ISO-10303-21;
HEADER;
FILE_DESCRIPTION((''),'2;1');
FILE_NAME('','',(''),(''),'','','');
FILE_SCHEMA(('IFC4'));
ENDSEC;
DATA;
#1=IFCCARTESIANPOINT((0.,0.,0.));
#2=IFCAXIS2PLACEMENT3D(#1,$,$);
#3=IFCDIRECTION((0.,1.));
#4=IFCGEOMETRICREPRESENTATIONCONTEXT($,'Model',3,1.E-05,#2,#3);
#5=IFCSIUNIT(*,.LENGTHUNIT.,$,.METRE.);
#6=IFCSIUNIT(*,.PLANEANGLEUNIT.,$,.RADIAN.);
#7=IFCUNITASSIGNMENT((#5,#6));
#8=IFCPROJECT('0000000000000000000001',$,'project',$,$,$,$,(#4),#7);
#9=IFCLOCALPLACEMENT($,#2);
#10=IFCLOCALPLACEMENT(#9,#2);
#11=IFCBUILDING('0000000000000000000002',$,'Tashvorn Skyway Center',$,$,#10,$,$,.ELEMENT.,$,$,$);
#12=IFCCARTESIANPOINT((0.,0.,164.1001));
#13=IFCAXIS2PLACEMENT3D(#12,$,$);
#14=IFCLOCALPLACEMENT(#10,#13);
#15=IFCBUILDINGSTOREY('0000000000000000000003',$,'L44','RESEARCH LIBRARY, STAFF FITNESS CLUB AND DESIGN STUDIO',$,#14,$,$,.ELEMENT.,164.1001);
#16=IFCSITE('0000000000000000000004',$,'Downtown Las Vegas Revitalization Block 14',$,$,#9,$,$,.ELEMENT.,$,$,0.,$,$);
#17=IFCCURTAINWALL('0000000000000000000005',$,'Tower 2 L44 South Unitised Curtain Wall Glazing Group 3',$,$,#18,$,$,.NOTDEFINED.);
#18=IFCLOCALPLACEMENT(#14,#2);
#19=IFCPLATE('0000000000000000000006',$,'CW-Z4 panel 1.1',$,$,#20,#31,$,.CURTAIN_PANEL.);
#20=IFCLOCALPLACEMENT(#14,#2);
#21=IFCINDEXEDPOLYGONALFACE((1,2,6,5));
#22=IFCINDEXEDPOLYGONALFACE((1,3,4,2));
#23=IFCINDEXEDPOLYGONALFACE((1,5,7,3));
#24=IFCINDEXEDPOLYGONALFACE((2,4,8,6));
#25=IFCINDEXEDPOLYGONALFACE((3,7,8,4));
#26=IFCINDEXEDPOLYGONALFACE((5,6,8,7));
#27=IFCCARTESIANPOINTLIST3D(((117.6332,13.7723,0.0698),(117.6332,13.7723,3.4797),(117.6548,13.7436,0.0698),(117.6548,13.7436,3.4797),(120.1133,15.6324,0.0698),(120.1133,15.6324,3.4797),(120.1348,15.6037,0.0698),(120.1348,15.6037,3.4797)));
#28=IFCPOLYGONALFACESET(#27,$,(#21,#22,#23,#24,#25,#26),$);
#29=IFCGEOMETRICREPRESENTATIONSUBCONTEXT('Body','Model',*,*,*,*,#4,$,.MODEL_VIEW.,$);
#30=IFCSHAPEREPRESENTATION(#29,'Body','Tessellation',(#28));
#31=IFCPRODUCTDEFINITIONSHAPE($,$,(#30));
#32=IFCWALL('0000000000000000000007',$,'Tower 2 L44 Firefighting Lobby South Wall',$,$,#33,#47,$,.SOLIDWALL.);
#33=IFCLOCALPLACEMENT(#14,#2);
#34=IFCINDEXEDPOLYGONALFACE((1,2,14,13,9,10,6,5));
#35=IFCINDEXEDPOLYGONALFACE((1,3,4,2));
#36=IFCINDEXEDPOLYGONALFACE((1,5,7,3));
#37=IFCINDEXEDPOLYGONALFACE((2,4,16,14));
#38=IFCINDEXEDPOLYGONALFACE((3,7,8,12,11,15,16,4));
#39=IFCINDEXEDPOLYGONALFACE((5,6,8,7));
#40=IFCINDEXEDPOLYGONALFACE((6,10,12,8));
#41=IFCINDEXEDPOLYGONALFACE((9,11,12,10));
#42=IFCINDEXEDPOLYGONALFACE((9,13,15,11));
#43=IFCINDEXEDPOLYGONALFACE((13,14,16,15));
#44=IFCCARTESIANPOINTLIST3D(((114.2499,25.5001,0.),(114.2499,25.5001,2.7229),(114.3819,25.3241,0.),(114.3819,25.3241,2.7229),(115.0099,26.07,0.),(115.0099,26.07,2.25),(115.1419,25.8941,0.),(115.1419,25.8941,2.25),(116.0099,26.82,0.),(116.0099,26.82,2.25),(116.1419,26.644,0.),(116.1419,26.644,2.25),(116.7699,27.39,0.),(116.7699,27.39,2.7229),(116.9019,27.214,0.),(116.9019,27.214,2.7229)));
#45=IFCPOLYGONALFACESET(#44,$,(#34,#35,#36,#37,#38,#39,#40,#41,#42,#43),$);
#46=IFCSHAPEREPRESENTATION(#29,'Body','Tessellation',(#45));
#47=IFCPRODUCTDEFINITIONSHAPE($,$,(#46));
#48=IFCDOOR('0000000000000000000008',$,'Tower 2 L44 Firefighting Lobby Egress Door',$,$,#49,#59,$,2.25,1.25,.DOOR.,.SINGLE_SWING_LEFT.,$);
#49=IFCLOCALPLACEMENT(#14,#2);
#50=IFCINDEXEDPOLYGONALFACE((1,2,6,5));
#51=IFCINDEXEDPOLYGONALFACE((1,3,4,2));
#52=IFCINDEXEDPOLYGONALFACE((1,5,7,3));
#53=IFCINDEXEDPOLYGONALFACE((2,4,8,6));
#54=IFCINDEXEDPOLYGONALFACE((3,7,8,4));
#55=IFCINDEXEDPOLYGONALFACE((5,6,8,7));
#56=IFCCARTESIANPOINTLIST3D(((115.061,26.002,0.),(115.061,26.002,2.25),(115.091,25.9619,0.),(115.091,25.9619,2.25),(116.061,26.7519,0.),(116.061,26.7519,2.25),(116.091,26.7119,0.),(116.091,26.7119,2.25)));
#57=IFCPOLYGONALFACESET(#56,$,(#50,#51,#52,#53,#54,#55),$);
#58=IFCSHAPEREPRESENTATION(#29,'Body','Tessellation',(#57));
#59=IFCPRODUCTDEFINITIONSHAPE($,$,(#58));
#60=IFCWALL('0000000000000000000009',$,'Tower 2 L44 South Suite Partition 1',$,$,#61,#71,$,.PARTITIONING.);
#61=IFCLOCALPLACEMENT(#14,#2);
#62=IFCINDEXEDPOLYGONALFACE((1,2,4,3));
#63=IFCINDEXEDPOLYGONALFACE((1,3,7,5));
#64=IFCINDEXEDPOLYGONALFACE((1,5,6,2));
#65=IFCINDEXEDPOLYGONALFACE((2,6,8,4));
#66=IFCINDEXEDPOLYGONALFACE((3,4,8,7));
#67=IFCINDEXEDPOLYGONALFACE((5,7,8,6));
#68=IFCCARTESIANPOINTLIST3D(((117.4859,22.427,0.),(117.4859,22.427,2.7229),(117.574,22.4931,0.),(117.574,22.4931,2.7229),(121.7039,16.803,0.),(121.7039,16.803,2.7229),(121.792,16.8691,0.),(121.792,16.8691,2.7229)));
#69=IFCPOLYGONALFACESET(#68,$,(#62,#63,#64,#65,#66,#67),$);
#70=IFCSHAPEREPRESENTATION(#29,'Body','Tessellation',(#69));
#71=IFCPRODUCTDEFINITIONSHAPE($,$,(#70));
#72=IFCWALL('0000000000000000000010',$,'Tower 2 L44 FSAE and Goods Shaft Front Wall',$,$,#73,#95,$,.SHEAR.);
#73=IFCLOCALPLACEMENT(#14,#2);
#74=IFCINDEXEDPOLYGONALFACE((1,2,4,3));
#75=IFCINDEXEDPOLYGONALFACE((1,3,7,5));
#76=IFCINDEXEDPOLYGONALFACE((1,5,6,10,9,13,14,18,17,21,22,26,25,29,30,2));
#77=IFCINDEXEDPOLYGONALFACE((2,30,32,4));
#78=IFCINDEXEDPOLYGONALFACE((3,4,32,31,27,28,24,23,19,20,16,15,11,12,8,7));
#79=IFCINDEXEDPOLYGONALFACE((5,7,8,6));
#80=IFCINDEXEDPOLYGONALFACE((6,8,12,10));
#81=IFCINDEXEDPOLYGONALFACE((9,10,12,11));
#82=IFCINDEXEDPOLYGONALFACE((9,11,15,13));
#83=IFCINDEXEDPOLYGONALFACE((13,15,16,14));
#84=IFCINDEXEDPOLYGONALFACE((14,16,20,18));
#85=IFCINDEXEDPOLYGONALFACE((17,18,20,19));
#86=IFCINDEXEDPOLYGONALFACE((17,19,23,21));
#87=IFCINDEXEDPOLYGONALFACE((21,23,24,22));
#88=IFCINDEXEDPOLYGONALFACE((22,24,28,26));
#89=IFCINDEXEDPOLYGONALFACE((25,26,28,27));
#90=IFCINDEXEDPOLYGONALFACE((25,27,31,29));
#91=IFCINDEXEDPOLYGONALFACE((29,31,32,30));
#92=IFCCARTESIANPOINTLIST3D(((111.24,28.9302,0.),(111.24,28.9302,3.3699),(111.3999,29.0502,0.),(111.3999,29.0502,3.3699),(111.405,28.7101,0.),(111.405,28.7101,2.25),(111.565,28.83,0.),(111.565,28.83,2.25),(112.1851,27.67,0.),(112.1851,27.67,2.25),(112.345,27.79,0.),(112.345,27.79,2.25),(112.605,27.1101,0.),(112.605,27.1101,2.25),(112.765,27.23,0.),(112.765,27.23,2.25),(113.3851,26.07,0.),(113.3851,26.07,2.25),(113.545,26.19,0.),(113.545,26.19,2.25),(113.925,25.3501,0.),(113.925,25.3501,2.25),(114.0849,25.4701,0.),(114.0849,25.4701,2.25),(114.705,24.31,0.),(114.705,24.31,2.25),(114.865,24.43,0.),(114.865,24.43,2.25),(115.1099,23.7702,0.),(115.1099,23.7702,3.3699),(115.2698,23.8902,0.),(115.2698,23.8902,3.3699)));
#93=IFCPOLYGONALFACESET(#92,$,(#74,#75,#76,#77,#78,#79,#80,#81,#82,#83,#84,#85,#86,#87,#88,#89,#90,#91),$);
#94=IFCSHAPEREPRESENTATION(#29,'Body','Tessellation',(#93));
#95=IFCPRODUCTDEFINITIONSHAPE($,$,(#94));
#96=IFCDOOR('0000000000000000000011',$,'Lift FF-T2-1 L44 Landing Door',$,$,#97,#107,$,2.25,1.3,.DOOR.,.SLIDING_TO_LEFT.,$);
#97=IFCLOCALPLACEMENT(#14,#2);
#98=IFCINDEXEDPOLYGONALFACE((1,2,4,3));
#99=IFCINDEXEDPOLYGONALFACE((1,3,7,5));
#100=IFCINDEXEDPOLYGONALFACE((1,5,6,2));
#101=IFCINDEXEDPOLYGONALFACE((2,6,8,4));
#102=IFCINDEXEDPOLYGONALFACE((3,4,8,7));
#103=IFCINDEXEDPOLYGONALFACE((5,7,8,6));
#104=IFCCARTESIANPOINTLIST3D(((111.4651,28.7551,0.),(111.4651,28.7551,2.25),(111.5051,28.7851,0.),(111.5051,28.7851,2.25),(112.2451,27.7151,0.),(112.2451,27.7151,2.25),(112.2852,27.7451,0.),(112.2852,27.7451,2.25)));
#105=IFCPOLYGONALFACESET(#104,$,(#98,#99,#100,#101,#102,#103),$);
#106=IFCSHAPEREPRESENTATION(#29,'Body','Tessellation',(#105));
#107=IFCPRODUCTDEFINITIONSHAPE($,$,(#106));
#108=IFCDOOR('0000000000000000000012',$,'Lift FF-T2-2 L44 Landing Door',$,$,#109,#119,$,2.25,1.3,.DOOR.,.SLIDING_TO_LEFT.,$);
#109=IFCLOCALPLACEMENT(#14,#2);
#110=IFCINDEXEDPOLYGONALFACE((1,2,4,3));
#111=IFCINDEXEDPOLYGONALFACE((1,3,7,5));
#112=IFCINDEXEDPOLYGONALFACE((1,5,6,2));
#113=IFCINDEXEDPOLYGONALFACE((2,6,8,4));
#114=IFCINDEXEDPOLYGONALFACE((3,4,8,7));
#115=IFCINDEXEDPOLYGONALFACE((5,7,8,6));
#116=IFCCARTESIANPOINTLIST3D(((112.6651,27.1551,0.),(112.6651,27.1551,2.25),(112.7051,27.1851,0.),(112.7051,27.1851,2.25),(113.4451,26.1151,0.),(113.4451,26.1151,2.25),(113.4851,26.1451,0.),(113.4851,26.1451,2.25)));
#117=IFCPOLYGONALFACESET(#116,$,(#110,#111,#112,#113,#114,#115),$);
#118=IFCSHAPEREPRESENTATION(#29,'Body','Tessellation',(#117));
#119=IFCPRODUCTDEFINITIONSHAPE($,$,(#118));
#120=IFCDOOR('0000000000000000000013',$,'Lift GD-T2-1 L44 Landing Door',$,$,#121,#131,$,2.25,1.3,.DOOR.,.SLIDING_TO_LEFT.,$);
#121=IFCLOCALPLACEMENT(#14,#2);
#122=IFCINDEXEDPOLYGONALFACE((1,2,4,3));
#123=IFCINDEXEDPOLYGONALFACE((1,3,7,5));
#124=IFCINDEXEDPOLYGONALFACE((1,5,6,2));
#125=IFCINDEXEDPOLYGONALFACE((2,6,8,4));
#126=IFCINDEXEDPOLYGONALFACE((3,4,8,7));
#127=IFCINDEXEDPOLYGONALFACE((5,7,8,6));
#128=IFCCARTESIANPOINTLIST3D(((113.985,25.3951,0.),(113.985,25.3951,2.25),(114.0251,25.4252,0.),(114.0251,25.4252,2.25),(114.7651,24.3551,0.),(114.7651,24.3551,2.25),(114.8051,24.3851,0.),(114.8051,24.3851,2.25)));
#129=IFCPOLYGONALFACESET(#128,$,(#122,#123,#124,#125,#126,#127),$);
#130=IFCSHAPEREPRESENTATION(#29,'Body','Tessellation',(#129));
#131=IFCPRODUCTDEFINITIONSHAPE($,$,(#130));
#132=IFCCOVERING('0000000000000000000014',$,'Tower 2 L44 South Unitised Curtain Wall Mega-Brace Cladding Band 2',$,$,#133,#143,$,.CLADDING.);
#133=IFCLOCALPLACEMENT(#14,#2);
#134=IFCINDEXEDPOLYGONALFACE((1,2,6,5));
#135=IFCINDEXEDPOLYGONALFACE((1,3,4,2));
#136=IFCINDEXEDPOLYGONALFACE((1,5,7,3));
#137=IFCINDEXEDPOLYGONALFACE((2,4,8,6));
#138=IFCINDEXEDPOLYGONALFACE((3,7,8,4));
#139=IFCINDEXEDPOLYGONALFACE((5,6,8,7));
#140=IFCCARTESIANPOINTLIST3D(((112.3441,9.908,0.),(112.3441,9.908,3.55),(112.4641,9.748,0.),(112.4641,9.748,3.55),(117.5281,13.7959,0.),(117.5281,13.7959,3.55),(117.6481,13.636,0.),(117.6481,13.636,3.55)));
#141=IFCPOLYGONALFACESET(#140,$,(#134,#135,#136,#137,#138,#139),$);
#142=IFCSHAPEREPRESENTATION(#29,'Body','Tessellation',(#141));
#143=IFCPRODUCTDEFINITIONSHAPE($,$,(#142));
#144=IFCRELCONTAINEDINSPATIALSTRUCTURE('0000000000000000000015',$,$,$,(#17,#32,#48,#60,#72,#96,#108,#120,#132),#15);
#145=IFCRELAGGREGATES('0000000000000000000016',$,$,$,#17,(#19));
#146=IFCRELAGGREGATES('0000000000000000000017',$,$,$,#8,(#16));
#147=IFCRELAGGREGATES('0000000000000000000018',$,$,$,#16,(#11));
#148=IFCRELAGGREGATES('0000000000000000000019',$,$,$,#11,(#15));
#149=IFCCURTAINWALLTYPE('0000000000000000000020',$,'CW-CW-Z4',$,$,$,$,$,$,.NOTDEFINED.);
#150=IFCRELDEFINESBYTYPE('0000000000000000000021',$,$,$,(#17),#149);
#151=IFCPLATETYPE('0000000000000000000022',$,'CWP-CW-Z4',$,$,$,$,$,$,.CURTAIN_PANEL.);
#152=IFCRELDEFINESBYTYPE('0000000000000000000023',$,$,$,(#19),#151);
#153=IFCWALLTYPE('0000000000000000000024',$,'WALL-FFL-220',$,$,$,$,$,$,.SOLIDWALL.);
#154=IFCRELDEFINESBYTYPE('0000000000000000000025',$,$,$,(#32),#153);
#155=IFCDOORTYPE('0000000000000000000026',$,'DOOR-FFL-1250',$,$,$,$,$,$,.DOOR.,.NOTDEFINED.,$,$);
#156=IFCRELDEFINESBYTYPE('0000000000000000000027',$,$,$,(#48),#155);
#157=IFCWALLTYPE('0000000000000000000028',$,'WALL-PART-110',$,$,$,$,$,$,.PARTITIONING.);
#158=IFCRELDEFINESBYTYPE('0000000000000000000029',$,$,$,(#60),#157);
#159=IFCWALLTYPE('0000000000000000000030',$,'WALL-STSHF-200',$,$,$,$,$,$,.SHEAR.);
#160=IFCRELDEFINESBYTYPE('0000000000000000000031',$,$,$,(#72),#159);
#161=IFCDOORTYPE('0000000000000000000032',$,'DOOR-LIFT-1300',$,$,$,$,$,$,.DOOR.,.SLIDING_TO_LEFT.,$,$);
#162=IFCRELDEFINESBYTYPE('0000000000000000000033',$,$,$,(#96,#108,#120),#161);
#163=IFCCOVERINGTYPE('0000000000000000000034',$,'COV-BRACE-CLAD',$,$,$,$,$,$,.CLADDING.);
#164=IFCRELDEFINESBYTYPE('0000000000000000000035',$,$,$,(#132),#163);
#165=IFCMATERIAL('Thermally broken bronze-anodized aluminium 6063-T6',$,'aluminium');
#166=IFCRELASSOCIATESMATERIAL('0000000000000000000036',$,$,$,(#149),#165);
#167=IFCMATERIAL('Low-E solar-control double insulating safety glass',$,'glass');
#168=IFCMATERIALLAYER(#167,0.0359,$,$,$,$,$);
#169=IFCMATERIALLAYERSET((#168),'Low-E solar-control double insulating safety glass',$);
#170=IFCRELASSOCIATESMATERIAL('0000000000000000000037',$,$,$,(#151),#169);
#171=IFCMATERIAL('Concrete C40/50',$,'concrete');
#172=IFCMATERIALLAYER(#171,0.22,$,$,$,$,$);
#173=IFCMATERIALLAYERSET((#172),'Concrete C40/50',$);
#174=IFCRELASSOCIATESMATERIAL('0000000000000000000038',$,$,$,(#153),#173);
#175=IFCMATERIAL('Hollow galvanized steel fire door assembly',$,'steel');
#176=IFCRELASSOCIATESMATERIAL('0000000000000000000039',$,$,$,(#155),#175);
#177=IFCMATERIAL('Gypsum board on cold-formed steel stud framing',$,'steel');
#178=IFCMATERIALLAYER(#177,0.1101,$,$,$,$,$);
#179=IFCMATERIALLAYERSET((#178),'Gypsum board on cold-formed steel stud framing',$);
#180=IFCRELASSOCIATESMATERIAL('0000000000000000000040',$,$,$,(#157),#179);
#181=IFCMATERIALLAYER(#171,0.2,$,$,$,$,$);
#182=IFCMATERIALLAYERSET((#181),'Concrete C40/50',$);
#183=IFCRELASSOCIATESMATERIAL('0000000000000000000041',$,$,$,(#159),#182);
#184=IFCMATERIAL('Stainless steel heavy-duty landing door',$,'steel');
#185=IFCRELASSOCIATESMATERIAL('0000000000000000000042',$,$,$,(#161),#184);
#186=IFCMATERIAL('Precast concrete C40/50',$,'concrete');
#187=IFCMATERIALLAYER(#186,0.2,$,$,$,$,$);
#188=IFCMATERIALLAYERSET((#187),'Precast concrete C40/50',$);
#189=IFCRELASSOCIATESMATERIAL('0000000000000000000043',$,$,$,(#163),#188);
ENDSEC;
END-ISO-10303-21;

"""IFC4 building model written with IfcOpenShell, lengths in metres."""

from ifc_helpers import new_model, si_unit, direction, frame, frame_2d, origin, origin_2d, place, context, subcontext, project, spatial, rectangle, extrude, material, layer, layer_set, type_object, element, fill, aggregate, save


model = new_model("IFC4")

# Units and contexts
model_context = context("Model", 3, precision=1e-05, world=origin(), true_north=direction((0.0, 1.0)))
body_context = subcontext(model_context, "Body", "Model", "MODEL_VIEW")
ifc_project = project(units=[si_unit("LENGTHUNIT", "METRE"), si_unit("PLANEANGLEUNIT", "RADIAN")], contexts=[model_context])

# Site, building, storey
site_placement = place(None, origin())
site = spatial("IfcSite", under=ifc_project, at=site_placement, Name="Downtown Las Vegas Revitalization Block 14", CompositionType="ELEMENT", RefElevation=0.0)
building_placement = place(site_placement, origin())
building = spatial("IfcBuilding", under=site, at=building_placement, Name="Tashvorn Skyway Center", CompositionType="ELEMENT")
storey_placement = place(building_placement, frame((0.0, 0.0, 164.1001)))
storey = spatial("IfcBuildingStorey", under=building, at=storey_placement, Name="L44", Description="RESEARCH LIBRARY, STAFF FITNESS CLUB AND DESIGN STUDIO", CompositionType="ELEMENT", Elevation=164.1001)

# Shared definitions
ifc_material_1 = material(Name="Thermally broken bronze-anodized aluminium 6063-T6", Category="aluminium")
curtain_wall_type = type_object("IfcCurtainWallType", Name="CW-CW-Z4", PredefinedType="NOTDEFINED", material=ifc_material_1)

# Curtain wall, plate
curtain_wall_1_placement = place(storey_placement, origin())
curtain_wall_1 = element("IfcCurtainWall", 1, at=curtain_wall_1_placement, inside=storey, type_object=curtain_wall_type, Name="Tower 2 L44 South Unitised Curtain Wall Glazing Group 3", PredefinedType="NOTDEFINED")
ifc_material_2 = material(Name="Low-E solar-control double insulating safety glass", Category="glass")
ifc_layer_1 = layer(ifc_material_2, 0.0359)
ifc_layer_set_1 = layer_set([ifc_layer_1], Name="Low-E solar-control double insulating safety glass")
plate_type = type_object("IfcPlateType", Name="CWP-CW-Z4", PredefinedType="CURTAIN_PANEL", material=ifc_layer_set_1)
plate_placement = place(storey_placement, frame((118.884, 14.688, 0.0698), z_axis=(0.0, 0.0, 1.0), x_axis=(-0.8, -0.6, 0.0)))
plate = element("IfcPlate", 2, at=plate_placement, type_object=plate_type, Name="CW-Z4 panel 1.1", PredefinedType="CURTAIN_PANEL", context=body_context, shape_type="SweptSolid", body=[
    extrude(rectangle(XDim=3.1001, YDim=0.0359, at=origin_2d()), origin(), (0.0, 0.0, 1.0), 3.4099),
])
aggregate(curtain_wall_1, [plate])

# Wall, opening, door
ifc_material_3 = material(Name="Concrete C40/50", Category="concrete")
ifc_layer_2 = layer(ifc_material_3, 0.22)
ifc_layer_set_2 = layer_set([ifc_layer_2], Name="Concrete C40/50")
wall_type_1 = type_object("IfcWallType", Name="WALL-FFL-220", PredefinedType="SOLIDWALL", material=ifc_layer_set_2)
wall_1_placement = place(storey_placement, frame((114.3159, 25.4121, 0.0), z_axis=(0.0, 0.0, 1.0), x_axis=(0.800019, 0.599975, 0.0)))
wall_1 = element("IfcWall", 3, at=wall_1_placement, inside=storey, type_object=wall_type_1, Name="Tower 2 L44 Firefighting Lobby South Wall", PredefinedType="SOLIDWALL", context=body_context, shape_type="SweptSolid", body=[
    extrude(rectangle(XDim=3.1499, YDim=0.22, at=frame_2d((1.575, 0.0))), origin(), (0.0, 0.0, 1.0), 2.7229),
])
opening_1_placement = place(wall_1_placement, frame((0.95, 0.0, 0.0)))
opening_1 = element("IfcOpeningElement", 4, at=opening_1_placement, cuts=wall_1, PredefinedType="OPENING", context=body_context, shape_type="SweptSolid", body=[
    extrude(rectangle(XDim=1.25, YDim=2.25, at=frame_2d((0.625, 1.125))), frame((0.0, 0.1199, 0.0), z_axis=(0.0, -1.0, 0.0), x_axis=(1.0, 0.0, 0.0)), (0.0, 0.0, 1.0), 0.24),
])
ifc_material_4 = material(Name="Hollow galvanized steel fire door assembly", Category="steel")
door_type_1 = type_object("IfcDoorType", Name="DOOR-FFL-1250", OperationType="NOTDEFINED", PredefinedType="DOOR", material=ifc_material_4)
door_1_placement = place(opening_1_placement, origin())
door_1 = element("IfcDoor", 5, at=door_1_placement, inside=storey, type_object=door_type_1, Name="Tower 2 L44 Firefighting Lobby Egress Door", OperationType="SINGLE_SWING_LEFT", OverallHeight=2.25, OverallWidth=1.25, PredefinedType="DOOR", context=body_context, shape_type="SweptSolid", body=[
    extrude(rectangle(XDim=1.25, YDim=2.25, at=frame_2d((0.625, 1.125))), frame((0.0, 0.0249, 0.0), z_axis=(0.0, -1.0, 0.0), x_axis=(1.0, 0.0, 0.0)), (0.0, 0.0, 1.0), 0.05),
])
fill(opening_1, door_1)

# Wall
ifc_material_5 = material(Name="Gypsum board on cold-formed steel stud framing", Category="steel")
ifc_layer_3 = layer(ifc_material_5, 0.1101)
ifc_layer_set_3 = layer_set([ifc_layer_3], Name="Gypsum board on cold-formed steel stud framing")
wall_type_2 = type_object("IfcWallType", Name="WALL-PART-110", PredefinedType="PARTITIONING", material=ifc_layer_set_3)
wall_2_placement = place(storey_placement, frame((121.748, 16.8359, 0.0), z_axis=(0.0, 0.0, 1.0), x_axis=(-0.6, 0.8, 0.0)))
element("IfcWall", 6, at=wall_2_placement, inside=storey, type_object=wall_type_2, Name="Tower 2 L44 South Suite Partition 1", PredefinedType="PARTITIONING", context=body_context, shape_type="SweptSolid", body=[
    extrude(rectangle(XDim=7.03, YDim=0.1101, at=frame_2d((3.5151, 0.0))), origin(), (0.0, 0.0, 1.0), 2.7229),
])

# Wall, openings, doors
ifc_layer_4 = layer(ifc_material_3, 0.2)
ifc_layer_set_4 = layer_set([ifc_layer_4], Name="Concrete C40/50")
wall_type_3 = type_object("IfcWallType", Name="WALL-STSHF-200", PredefinedType="SHEAR", material=ifc_layer_set_4)
wall_3_placement = place(storey_placement, frame((115.1899, 23.8301, 0.0), z_axis=(0.0, 0.0, 1.0), x_axis=(-0.599994, 0.800005, 0.0)))
wall_3 = element("IfcWall", 7, at=wall_3_placement, inside=storey, type_object=wall_type_3, Name="Tower 2 L44 FSAE and Goods Shaft Front Wall", PredefinedType="SHEAR", context=body_context, shape_type="SweptSolid", body=[
    extrude(rectangle(XDim=6.45, YDim=0.2, at=frame_2d((3.2251, 0.0))), origin(), (0.0, 0.0, 1.0), 3.3699),
])
opening_2_placement = place(wall_3_placement, frame((4.875, 0.0, 0.0)))
opening_2 = element("IfcOpeningElement", 8, at=opening_2_placement, cuts=wall_3, PredefinedType="OPENING", context=body_context, shape_type="SweptSolid", body=[
    extrude(rectangle(XDim=1.3, YDim=2.25, at=frame_2d((0.6499, 1.125))), frame((0.0, 0.1099, 0.0), z_axis=(0.0, -1.0, 0.0), x_axis=(1.0, 0.0, 0.0)), (0.0, 0.0, 1.0), 0.22),
])
opening_3_placement = place(wall_3_placement, frame((2.875, 0.0, 0.0)))
opening_3 = element("IfcOpeningElement", 9, at=opening_3_placement, cuts=wall_3, PredefinedType="OPENING", context=body_context, shape_type="SweptSolid", body=[
    extrude(rectangle(XDim=1.3, YDim=2.25, at=frame_2d((0.6499, 1.125))), frame((0.0, 0.1099, 0.0), z_axis=(0.0, -1.0, 0.0), x_axis=(1.0, 0.0, 0.0)), (0.0, 0.0, 1.0), 0.22),
])
opening_4_placement = place(wall_3_placement, frame((0.675, 0.0, 0.0)))
opening_4 = element("IfcOpeningElement", 10, at=opening_4_placement, cuts=wall_3, PredefinedType="OPENING", context=body_context, shape_type="SweptSolid", body=[
    extrude(rectangle(XDim=1.3, YDim=2.25, at=frame_2d((0.6499, 1.125))), frame((0.0, 0.1099, 0.0), z_axis=(0.0, -1.0, 0.0), x_axis=(1.0, 0.0, 0.0)), (0.0, 0.0, 1.0), 0.22),
])
ifc_material_6 = material(Name="Stainless steel heavy-duty landing door", Category="steel")
door_type_2 = type_object("IfcDoorType", Name="DOOR-LIFT-1300", OperationType="SLIDING_TO_LEFT", PredefinedType="DOOR", material=ifc_material_6)
door_2_placement = place(opening_2_placement, origin())
door_2 = element("IfcDoor", 11, at=door_2_placement, inside=storey, type_object=door_type_2, Name="Lift FF-T2-1 L44 Landing Door", OperationType="SLIDING_TO_LEFT", OverallHeight=2.25, OverallWidth=1.3, PredefinedType="DOOR", context=body_context, shape_type="SweptSolid", body=[
    extrude(rectangle(XDim=1.3, YDim=2.25, at=frame_2d((0.6499, 1.125))), frame((0.0, 0.0249, 0.0), z_axis=(0.0, -1.0, 0.0), x_axis=(1.0, 0.0, 0.0)), (0.0, 0.0, 1.0), 0.05),
])
fill(opening_2, door_2)
door_3_placement = place(opening_3_placement, origin())
door_3 = element("IfcDoor", 12, at=door_3_placement, inside=storey, type_object=door_type_2, Name="Lift FF-T2-2 L44 Landing Door", OperationType="SLIDING_TO_LEFT", OverallHeight=2.25, OverallWidth=1.3, PredefinedType="DOOR", context=body_context, shape_type="SweptSolid", body=[
    extrude(rectangle(XDim=1.3, YDim=2.25, at=frame_2d((0.6499, 1.125))), frame((0.0, 0.0249, 0.0), z_axis=(0.0, -1.0, 0.0), x_axis=(1.0, 0.0, 0.0)), (0.0, 0.0, 1.0), 0.05),
])
fill(opening_3, door_3)
door_4_placement = place(opening_4_placement, origin())
door_4 = element("IfcDoor", 13, at=door_4_placement, inside=storey, type_object=door_type_2, Name="Lift GD-T2-1 L44 Landing Door", OperationType="SLIDING_TO_LEFT", OverallHeight=2.25, OverallWidth=1.3, PredefinedType="DOOR", context=body_context, shape_type="SweptSolid", body=[
    extrude(rectangle(XDim=1.3, YDim=2.25, at=frame_2d((0.6499, 1.125))), frame((0.0, 0.0249, 0.0), z_axis=(0.0, -1.0, 0.0), x_axis=(1.0, 0.0, 0.0)), (0.0, 0.0, 1.0), 0.05),
])
fill(opening_4, door_4)

# Covering
ifc_material_7 = material(Name="Precast concrete C40/50", Category="concrete")
ifc_layer_5 = layer(ifc_material_7, 0.2)
ifc_layer_set_5 = layer_set([ifc_layer_5], Name="Precast concrete C40/50")
covering_type = type_object("IfcCoveringType", Name="COV-BRACE-CLAD", PredefinedType="CLADDING", material=ifc_layer_set_5)
covering_placement = place(storey_placement, frame((114.9961, 11.772, 0.0), z_axis=(0.0, 0.0, 1.0), x_axis=(-0.8, -0.6, 0.0)))
element("IfcCovering", 14, at=covering_placement, inside=storey, type_object=covering_type, Name="Tower 2 L44 South Unitised Curtain Wall Mega-Brace Cladding Band 2", PredefinedType="CLADDING", context=body_context, shape_type="SweptSolid", body=[
    extrude(rectangle(XDim=6.48, YDim=0.2, at=origin_2d()), origin(), (0.0, 0.0, 1.0), 3.55),
])

save(model, "model.ifc")
